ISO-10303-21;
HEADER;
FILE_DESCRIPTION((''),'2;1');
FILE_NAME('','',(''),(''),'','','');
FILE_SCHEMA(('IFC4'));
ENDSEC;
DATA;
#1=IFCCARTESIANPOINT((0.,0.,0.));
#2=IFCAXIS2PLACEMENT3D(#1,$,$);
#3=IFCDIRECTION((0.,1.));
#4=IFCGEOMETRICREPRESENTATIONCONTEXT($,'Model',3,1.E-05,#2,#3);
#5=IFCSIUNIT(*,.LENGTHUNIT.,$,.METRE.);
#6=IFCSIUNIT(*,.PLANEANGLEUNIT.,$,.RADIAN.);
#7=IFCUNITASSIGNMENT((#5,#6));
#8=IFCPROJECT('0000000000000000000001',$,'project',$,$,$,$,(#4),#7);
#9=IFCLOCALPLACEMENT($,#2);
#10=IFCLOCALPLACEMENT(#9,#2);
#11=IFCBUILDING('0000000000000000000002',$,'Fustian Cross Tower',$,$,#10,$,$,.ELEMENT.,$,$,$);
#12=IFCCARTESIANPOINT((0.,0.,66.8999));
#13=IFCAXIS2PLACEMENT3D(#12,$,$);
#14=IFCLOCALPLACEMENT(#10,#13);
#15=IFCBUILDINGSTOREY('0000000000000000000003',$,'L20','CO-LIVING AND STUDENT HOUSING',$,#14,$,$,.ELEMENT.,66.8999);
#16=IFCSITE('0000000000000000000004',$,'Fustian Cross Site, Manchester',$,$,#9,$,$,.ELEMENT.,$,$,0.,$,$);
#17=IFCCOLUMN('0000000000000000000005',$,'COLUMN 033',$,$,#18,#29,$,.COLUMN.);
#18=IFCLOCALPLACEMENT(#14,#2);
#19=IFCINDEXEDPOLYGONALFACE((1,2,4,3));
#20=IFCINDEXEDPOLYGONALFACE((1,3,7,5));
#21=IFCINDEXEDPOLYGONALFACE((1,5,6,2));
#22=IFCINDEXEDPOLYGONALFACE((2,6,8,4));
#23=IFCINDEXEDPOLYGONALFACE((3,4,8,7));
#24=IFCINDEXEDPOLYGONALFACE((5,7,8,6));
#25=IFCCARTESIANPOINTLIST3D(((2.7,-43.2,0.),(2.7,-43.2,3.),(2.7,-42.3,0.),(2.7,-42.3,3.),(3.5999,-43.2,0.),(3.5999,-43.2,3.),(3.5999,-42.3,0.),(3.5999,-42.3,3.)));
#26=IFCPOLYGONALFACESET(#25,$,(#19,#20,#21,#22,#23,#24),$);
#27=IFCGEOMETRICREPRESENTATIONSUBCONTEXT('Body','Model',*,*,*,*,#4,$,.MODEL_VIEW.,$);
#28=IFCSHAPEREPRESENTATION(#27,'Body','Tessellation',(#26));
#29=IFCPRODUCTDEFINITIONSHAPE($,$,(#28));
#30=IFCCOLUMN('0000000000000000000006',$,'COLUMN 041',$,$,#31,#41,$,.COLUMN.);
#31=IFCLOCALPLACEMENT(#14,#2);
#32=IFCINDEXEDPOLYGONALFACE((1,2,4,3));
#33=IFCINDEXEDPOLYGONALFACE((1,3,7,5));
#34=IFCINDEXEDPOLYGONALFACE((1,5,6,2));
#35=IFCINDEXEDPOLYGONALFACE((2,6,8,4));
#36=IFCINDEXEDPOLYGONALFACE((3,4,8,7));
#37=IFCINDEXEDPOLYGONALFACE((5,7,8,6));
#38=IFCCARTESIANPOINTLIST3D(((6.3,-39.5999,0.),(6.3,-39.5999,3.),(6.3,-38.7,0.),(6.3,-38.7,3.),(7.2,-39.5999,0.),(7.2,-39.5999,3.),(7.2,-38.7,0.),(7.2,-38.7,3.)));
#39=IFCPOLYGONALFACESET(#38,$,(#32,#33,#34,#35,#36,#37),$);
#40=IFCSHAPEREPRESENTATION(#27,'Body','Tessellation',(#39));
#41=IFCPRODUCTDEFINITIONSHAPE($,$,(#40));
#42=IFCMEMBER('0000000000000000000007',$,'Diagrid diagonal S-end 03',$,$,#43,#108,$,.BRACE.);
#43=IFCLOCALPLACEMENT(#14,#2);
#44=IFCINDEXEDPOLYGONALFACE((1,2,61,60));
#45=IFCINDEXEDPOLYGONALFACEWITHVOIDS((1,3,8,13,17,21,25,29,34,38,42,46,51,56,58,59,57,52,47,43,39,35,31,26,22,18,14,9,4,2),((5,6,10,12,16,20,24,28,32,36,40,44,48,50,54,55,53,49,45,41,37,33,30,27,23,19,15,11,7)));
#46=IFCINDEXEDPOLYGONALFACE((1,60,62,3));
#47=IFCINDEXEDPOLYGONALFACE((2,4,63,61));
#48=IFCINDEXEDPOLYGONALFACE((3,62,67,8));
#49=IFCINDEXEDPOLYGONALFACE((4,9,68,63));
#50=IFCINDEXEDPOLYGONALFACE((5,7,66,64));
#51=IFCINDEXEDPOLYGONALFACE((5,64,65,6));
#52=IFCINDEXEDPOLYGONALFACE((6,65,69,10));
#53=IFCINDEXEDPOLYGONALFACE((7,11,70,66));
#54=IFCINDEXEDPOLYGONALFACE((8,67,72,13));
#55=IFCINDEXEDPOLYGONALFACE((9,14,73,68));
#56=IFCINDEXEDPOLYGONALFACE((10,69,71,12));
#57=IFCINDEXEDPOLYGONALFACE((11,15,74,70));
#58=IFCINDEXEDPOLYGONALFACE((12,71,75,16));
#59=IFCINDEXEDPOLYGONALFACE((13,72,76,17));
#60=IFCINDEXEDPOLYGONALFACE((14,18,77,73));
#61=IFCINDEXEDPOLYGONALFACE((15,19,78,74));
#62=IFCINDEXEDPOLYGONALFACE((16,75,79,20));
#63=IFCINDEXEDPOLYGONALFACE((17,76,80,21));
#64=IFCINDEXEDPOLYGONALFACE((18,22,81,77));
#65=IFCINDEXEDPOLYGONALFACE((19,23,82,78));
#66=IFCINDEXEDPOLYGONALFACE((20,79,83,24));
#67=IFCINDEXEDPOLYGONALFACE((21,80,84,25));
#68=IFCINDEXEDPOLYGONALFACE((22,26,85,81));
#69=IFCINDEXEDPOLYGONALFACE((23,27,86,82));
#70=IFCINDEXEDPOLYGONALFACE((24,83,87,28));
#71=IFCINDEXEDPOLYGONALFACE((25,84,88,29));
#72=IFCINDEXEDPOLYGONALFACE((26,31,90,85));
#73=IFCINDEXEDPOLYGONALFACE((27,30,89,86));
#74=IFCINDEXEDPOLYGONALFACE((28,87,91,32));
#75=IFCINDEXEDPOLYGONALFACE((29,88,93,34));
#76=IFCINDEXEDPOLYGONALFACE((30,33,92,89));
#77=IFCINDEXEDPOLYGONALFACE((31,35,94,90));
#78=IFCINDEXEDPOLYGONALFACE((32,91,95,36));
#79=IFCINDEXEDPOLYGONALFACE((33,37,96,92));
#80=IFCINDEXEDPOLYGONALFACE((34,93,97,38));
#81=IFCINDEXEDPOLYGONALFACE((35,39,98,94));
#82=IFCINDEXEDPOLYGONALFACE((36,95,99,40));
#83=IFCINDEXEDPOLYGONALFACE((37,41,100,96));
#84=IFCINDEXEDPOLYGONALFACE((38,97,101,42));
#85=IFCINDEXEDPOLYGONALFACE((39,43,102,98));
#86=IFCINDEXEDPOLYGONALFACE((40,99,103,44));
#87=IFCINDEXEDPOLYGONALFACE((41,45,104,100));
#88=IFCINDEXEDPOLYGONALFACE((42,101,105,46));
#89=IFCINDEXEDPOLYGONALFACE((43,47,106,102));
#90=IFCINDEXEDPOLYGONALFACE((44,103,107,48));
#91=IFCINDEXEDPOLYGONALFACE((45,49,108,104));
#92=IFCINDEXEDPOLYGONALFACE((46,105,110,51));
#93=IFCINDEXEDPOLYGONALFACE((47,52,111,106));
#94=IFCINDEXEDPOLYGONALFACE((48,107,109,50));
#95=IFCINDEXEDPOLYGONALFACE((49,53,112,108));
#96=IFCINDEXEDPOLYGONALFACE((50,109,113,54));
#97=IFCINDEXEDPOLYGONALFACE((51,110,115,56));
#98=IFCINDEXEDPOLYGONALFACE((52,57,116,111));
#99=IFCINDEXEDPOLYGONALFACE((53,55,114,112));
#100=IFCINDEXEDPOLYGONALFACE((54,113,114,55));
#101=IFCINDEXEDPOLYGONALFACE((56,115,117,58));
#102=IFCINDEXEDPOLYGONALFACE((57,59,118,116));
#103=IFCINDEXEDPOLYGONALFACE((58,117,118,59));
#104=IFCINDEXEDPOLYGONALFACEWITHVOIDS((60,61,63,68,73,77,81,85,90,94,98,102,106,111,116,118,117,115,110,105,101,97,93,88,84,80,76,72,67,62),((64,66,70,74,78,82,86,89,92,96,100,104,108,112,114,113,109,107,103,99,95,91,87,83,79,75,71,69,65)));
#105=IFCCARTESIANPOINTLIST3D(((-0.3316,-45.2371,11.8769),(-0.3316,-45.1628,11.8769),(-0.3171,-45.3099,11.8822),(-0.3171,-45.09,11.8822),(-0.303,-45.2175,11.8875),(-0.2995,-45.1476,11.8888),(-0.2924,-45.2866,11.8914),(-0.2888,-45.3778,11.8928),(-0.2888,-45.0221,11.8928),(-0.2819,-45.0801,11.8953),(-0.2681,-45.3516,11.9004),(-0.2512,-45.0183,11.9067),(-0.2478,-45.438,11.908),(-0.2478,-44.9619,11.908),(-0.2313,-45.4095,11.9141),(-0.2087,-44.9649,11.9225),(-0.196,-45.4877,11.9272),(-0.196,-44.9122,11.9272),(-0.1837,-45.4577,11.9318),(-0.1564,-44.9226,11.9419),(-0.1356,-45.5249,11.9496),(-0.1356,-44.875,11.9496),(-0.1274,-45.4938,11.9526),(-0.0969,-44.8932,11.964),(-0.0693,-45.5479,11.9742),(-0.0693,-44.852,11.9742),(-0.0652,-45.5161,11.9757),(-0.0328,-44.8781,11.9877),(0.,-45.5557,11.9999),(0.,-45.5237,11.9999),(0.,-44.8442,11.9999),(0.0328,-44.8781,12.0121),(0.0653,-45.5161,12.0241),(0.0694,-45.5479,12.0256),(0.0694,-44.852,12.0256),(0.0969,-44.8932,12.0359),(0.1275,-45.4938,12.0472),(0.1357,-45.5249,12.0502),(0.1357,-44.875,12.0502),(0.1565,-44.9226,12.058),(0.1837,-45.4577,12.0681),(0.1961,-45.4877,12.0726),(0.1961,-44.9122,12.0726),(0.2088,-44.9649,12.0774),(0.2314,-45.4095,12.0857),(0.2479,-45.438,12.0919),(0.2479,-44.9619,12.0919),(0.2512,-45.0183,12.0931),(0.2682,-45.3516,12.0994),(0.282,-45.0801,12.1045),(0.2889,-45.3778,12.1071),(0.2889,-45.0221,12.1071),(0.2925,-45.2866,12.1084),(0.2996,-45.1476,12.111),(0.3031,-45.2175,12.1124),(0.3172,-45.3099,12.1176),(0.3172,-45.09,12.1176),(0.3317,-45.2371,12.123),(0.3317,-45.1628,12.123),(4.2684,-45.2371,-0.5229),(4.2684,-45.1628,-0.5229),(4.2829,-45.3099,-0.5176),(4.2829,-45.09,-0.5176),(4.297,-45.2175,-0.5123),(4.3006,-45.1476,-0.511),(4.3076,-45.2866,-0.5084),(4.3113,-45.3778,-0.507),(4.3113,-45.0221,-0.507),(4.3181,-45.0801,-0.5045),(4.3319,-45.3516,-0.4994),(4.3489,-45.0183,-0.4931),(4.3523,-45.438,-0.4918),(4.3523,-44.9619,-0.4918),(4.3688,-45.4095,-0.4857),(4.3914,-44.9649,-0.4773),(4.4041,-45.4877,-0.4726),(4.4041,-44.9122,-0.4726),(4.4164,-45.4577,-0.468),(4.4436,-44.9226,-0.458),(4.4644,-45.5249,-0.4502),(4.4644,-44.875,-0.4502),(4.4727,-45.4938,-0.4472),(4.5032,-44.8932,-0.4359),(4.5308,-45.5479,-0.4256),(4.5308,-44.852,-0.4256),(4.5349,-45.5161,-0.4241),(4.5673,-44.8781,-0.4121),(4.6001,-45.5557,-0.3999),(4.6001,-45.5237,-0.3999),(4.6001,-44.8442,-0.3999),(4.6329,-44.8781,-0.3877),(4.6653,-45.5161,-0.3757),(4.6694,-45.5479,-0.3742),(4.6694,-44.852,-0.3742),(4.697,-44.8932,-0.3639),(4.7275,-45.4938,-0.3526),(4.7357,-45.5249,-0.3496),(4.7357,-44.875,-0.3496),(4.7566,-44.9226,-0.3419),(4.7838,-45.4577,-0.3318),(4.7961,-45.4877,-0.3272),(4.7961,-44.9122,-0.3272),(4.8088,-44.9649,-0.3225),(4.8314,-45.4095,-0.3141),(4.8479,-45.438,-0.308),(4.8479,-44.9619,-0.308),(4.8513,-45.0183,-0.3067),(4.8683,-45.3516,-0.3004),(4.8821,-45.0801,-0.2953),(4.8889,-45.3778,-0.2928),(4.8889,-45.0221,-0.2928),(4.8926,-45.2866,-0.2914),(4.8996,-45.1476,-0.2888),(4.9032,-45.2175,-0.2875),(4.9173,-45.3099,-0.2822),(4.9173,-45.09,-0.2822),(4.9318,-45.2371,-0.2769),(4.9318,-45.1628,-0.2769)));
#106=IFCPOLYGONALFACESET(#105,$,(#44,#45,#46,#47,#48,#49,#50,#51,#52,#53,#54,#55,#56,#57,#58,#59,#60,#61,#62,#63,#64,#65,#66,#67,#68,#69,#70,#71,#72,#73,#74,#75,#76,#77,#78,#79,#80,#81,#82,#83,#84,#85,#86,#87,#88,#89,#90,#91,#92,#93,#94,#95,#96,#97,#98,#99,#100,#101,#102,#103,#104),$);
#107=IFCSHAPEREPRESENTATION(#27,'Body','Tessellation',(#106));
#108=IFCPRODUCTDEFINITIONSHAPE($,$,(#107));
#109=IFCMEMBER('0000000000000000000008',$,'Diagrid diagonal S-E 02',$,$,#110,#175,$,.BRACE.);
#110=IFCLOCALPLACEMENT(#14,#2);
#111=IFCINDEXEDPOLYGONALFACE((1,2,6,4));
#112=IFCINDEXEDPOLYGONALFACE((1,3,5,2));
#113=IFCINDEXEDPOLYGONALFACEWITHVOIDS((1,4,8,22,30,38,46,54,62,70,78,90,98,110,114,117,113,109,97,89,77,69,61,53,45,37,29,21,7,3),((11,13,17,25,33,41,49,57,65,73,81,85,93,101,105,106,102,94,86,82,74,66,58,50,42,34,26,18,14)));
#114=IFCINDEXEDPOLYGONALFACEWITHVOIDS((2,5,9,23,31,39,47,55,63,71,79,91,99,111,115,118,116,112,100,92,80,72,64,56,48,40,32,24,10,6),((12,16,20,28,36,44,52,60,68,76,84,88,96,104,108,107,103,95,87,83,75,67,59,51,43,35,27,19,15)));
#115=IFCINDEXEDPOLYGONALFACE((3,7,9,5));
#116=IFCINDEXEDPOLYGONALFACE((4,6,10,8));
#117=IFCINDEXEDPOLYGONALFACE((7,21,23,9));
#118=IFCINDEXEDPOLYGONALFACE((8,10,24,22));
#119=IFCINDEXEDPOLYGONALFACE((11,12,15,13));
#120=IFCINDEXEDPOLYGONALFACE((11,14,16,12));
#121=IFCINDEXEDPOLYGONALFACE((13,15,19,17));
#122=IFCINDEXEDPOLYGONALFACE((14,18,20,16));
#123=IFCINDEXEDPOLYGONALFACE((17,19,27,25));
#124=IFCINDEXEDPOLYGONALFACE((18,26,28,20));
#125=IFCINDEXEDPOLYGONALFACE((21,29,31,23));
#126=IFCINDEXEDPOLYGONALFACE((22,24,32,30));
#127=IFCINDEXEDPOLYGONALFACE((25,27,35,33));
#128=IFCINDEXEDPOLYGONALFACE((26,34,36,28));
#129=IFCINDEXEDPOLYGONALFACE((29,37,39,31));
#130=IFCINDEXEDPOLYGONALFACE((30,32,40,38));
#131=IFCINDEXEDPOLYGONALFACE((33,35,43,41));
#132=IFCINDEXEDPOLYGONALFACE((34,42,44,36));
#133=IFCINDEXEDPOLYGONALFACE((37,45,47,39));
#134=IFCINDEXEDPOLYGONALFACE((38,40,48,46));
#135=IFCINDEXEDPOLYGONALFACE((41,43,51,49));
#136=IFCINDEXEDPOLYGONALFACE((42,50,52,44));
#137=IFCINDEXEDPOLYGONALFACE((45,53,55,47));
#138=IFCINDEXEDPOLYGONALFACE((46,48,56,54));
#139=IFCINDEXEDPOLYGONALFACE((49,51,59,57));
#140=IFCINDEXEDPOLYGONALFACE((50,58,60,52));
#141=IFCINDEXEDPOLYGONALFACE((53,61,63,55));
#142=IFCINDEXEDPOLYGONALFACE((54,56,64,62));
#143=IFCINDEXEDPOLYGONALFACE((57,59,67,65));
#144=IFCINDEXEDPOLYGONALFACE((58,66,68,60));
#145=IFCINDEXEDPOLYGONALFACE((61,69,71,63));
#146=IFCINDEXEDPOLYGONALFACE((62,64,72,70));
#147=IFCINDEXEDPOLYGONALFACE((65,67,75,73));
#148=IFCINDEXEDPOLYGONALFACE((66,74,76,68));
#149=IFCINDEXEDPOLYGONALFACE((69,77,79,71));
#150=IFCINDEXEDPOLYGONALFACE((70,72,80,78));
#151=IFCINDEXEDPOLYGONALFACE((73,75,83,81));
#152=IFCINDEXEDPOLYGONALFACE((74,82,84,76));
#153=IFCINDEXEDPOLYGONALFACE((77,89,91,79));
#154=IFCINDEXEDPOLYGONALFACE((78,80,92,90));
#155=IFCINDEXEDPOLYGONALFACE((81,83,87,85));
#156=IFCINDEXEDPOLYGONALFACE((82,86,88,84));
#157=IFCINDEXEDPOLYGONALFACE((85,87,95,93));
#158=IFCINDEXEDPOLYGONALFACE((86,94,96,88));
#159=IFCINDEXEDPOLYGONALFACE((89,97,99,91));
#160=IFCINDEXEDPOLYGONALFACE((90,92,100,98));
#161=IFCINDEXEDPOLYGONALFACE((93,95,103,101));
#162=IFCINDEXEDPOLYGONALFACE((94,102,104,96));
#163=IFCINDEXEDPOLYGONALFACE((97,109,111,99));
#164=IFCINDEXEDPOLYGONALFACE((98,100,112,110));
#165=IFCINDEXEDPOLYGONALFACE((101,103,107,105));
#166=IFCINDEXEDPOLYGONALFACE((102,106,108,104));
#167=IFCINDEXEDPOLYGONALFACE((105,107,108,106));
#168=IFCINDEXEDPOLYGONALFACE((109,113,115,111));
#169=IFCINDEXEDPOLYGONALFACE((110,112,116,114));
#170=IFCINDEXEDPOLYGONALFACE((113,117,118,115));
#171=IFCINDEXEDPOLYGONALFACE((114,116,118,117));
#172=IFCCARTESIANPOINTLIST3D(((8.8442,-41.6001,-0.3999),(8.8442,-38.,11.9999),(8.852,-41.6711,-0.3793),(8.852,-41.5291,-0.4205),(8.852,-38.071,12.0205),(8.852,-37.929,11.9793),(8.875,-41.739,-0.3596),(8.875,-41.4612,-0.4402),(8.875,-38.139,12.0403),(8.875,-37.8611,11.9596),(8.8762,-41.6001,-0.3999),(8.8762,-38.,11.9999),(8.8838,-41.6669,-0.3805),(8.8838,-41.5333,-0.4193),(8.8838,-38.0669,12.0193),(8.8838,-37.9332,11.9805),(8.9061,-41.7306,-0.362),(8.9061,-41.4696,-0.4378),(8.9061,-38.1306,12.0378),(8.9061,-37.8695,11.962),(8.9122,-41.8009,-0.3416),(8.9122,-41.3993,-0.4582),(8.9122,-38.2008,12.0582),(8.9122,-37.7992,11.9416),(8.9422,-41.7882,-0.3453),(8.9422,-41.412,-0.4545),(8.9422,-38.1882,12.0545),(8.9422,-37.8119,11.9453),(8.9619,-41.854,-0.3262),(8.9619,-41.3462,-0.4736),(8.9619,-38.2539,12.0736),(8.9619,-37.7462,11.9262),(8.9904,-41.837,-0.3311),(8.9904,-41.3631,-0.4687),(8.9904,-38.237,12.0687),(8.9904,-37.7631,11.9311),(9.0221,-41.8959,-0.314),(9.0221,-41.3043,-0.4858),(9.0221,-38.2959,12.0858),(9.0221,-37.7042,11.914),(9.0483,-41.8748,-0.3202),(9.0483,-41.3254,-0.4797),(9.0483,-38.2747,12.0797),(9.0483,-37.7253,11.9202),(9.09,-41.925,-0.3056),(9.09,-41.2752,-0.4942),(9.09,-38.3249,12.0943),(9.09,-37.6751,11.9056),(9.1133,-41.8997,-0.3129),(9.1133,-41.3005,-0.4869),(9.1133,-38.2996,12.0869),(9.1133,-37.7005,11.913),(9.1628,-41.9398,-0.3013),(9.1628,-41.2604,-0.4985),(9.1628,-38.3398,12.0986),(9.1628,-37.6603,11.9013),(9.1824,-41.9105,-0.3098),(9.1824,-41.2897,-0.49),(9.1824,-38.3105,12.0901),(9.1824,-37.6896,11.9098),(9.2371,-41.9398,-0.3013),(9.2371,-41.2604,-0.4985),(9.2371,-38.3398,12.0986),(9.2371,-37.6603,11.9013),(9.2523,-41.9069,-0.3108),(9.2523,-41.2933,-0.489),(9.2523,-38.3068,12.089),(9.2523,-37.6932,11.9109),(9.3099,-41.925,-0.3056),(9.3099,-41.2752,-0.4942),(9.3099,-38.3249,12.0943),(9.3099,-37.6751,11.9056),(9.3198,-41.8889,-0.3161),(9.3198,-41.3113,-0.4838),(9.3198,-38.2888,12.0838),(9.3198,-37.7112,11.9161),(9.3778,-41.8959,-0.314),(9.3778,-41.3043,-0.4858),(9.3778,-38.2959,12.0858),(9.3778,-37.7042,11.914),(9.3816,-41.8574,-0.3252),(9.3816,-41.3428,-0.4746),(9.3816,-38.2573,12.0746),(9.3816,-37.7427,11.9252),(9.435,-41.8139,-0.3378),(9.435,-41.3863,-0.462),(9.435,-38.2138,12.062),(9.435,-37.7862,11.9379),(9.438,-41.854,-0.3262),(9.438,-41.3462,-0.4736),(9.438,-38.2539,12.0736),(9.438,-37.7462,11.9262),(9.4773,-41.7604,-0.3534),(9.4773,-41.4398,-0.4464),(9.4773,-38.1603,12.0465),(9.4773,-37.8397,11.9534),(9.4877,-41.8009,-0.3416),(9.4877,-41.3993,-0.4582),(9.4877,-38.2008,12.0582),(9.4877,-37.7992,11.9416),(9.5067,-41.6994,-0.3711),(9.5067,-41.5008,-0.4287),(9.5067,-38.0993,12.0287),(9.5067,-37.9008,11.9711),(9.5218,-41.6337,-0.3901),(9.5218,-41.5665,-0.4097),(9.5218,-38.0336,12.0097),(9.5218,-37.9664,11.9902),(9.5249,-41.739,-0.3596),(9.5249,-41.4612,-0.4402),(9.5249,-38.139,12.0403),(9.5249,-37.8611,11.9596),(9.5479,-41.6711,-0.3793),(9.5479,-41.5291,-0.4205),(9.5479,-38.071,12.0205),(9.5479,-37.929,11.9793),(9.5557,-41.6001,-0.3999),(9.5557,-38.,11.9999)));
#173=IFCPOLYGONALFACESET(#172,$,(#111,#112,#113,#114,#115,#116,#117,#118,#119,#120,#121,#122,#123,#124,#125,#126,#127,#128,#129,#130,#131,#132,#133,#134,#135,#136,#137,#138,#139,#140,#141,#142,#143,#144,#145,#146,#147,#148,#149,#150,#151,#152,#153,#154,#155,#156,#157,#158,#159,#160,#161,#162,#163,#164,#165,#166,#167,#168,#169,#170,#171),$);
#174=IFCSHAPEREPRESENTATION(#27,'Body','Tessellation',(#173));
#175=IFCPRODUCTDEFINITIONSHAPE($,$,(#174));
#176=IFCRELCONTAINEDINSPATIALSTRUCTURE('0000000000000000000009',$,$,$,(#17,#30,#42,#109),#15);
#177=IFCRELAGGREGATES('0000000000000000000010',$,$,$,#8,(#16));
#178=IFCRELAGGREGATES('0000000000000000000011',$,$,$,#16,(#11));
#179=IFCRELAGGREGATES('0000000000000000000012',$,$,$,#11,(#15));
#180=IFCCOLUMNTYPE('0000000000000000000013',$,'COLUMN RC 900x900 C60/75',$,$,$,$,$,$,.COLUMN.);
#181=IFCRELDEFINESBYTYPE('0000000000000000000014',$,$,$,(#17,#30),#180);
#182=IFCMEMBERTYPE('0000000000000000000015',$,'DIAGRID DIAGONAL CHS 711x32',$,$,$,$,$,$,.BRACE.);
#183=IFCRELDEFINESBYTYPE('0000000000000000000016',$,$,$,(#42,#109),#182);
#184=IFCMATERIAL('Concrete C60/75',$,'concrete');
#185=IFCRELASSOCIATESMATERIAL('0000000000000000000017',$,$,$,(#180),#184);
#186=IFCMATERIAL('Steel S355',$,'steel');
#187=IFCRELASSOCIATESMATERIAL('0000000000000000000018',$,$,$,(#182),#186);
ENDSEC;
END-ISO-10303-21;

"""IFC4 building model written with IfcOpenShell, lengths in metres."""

from ifc_helpers import new_model, si_unit, direction, frame, origin, origin_2d, place, context, subcontext, project, spatial, rectangle, hollow_circle, extrude, material, material_profile, profile_set, type_object, element, save


model = new_model("IFC4")

# Units and contexts
model_context = context("Model", 3, precision=1e-05, world=origin(), true_north=direction((0.0, 1.0)))
body_context = subcontext(model_context, "Body", "Model", "MODEL_VIEW")
ifc_project = project(units=[si_unit("LENGTHUNIT", "METRE"), si_unit("PLANEANGLEUNIT", "RADIAN")], contexts=[model_context])

# Site, building, storey
site_placement = place(None, origin())
site = spatial("IfcSite", under=ifc_project, at=site_placement, Name="Fustian Cross Site, Manchester", CompositionType="ELEMENT", RefElevation=0.0)
building_placement = place(site_placement, origin())
building = spatial("IfcBuilding", under=site, at=building_placement, Name="Fustian Cross Tower", CompositionType="ELEMENT")
storey_placement = place(building_placement, frame((0.0, 0.0, 66.8999)))
storey = spatial("IfcBuildingStorey", under=building, at=storey_placement, Name="L20", Description="CO-LIVING AND STUDENT HOUSING", CompositionType="ELEMENT", Elevation=66.8999)

# Columns
ifc_material_1 = material(Name="Concrete C60/75", Category="concrete")
ifc_material_profile_1 = material_profile(ifc_material_1, rectangle(XDim=0.8999, YDim=0.8999, at=origin_2d()), Name="RC 900x900")
ifc_profile_set_1 = profile_set([ifc_material_profile_1], Name="Concrete C60/75")
column_type = type_object("IfcColumnType", Name="COLUMN RC 900x900 C60/75", PredefinedType="COLUMN", material=ifc_profile_set_1)
for number, where, z_axis, x_axis, name in (
    (1, (3.1499, -42.75, 0.0), (0.0, 0.0, 1.0), (1.0, 0.0, 0.0), "COLUMN 033"),
    (2, (6.75, -39.1499, 0.0), (0.0, 0.0, 1.0), (1.0, 0.0, 0.0), "COLUMN 041"),
):
    element("IfcColumn", number, at=place(storey_placement, frame(where, z_axis=z_axis, x_axis=x_axis)), inside=storey, type_object=column_type, Name=name, PredefinedType="COLUMN", context=body_context, shape_type="SweptSolid", body=[
        extrude(rectangle(XDim=0.8999, YDim=0.8999, at=origin_2d()), origin(), (0.0, 0.0, 1.0), 3.0),
    ])

# Members
ifc_material_2 = material(Name="Steel S355", Category="steel")
ifc_material_profile_2 = material_profile(ifc_material_2, hollow_circle(Radius=0.3557, WallThickness=0.032, at=origin_2d()), Name="CHS 711x32")
ifc_profile_set_2 = profile_set([ifc_material_profile_2], Name="Steel S355")
member_type_1 = type_object("IfcMemberType", Name="DIAGRID DIAGONAL CHS 711x32", PredefinedType="BRACE", material=ifc_profile_set_2)
member_1_placement = place(storey_placement, frame((4.6001, -45.2, -0.3999), z_axis=(-0.347816, 0.0, 0.937563), x_axis=(0.0, -1.0, 0.0)))
element("IfcMember", 3, at=member_1_placement, inside=storey, type_object=member_type_1, Name="Diagrid diagonal S-end 03", PredefinedType="BRACE", context=body_context, shape_type="SweptSolid", body=[
    extrude(hollow_circle(Radius=0.3557, WallThickness=0.032, at=origin_2d()), origin(), (0.0, 0.0, 1.0), 13.2256),
])
member_2_placement = place(storey_placement, frame((9.2, -41.6001, -0.3999), z_axis=(0.0, 0.278819, 0.960344), x_axis=(-1.0, 0.0, 0.0)))
element("IfcMember", 4, at=member_2_placement, inside=storey, type_object=member_type_1, Name="Diagrid diagonal S-E 02", PredefinedType="BRACE", context=body_context, shape_type="SweptSolid", body=[
    extrude(hollow_circle(Radius=0.3557, WallThickness=0.032, at=origin_2d()), origin(), (0.0, 0.0, 1.0), 12.9119),
])

save(model, "model.ifc")
